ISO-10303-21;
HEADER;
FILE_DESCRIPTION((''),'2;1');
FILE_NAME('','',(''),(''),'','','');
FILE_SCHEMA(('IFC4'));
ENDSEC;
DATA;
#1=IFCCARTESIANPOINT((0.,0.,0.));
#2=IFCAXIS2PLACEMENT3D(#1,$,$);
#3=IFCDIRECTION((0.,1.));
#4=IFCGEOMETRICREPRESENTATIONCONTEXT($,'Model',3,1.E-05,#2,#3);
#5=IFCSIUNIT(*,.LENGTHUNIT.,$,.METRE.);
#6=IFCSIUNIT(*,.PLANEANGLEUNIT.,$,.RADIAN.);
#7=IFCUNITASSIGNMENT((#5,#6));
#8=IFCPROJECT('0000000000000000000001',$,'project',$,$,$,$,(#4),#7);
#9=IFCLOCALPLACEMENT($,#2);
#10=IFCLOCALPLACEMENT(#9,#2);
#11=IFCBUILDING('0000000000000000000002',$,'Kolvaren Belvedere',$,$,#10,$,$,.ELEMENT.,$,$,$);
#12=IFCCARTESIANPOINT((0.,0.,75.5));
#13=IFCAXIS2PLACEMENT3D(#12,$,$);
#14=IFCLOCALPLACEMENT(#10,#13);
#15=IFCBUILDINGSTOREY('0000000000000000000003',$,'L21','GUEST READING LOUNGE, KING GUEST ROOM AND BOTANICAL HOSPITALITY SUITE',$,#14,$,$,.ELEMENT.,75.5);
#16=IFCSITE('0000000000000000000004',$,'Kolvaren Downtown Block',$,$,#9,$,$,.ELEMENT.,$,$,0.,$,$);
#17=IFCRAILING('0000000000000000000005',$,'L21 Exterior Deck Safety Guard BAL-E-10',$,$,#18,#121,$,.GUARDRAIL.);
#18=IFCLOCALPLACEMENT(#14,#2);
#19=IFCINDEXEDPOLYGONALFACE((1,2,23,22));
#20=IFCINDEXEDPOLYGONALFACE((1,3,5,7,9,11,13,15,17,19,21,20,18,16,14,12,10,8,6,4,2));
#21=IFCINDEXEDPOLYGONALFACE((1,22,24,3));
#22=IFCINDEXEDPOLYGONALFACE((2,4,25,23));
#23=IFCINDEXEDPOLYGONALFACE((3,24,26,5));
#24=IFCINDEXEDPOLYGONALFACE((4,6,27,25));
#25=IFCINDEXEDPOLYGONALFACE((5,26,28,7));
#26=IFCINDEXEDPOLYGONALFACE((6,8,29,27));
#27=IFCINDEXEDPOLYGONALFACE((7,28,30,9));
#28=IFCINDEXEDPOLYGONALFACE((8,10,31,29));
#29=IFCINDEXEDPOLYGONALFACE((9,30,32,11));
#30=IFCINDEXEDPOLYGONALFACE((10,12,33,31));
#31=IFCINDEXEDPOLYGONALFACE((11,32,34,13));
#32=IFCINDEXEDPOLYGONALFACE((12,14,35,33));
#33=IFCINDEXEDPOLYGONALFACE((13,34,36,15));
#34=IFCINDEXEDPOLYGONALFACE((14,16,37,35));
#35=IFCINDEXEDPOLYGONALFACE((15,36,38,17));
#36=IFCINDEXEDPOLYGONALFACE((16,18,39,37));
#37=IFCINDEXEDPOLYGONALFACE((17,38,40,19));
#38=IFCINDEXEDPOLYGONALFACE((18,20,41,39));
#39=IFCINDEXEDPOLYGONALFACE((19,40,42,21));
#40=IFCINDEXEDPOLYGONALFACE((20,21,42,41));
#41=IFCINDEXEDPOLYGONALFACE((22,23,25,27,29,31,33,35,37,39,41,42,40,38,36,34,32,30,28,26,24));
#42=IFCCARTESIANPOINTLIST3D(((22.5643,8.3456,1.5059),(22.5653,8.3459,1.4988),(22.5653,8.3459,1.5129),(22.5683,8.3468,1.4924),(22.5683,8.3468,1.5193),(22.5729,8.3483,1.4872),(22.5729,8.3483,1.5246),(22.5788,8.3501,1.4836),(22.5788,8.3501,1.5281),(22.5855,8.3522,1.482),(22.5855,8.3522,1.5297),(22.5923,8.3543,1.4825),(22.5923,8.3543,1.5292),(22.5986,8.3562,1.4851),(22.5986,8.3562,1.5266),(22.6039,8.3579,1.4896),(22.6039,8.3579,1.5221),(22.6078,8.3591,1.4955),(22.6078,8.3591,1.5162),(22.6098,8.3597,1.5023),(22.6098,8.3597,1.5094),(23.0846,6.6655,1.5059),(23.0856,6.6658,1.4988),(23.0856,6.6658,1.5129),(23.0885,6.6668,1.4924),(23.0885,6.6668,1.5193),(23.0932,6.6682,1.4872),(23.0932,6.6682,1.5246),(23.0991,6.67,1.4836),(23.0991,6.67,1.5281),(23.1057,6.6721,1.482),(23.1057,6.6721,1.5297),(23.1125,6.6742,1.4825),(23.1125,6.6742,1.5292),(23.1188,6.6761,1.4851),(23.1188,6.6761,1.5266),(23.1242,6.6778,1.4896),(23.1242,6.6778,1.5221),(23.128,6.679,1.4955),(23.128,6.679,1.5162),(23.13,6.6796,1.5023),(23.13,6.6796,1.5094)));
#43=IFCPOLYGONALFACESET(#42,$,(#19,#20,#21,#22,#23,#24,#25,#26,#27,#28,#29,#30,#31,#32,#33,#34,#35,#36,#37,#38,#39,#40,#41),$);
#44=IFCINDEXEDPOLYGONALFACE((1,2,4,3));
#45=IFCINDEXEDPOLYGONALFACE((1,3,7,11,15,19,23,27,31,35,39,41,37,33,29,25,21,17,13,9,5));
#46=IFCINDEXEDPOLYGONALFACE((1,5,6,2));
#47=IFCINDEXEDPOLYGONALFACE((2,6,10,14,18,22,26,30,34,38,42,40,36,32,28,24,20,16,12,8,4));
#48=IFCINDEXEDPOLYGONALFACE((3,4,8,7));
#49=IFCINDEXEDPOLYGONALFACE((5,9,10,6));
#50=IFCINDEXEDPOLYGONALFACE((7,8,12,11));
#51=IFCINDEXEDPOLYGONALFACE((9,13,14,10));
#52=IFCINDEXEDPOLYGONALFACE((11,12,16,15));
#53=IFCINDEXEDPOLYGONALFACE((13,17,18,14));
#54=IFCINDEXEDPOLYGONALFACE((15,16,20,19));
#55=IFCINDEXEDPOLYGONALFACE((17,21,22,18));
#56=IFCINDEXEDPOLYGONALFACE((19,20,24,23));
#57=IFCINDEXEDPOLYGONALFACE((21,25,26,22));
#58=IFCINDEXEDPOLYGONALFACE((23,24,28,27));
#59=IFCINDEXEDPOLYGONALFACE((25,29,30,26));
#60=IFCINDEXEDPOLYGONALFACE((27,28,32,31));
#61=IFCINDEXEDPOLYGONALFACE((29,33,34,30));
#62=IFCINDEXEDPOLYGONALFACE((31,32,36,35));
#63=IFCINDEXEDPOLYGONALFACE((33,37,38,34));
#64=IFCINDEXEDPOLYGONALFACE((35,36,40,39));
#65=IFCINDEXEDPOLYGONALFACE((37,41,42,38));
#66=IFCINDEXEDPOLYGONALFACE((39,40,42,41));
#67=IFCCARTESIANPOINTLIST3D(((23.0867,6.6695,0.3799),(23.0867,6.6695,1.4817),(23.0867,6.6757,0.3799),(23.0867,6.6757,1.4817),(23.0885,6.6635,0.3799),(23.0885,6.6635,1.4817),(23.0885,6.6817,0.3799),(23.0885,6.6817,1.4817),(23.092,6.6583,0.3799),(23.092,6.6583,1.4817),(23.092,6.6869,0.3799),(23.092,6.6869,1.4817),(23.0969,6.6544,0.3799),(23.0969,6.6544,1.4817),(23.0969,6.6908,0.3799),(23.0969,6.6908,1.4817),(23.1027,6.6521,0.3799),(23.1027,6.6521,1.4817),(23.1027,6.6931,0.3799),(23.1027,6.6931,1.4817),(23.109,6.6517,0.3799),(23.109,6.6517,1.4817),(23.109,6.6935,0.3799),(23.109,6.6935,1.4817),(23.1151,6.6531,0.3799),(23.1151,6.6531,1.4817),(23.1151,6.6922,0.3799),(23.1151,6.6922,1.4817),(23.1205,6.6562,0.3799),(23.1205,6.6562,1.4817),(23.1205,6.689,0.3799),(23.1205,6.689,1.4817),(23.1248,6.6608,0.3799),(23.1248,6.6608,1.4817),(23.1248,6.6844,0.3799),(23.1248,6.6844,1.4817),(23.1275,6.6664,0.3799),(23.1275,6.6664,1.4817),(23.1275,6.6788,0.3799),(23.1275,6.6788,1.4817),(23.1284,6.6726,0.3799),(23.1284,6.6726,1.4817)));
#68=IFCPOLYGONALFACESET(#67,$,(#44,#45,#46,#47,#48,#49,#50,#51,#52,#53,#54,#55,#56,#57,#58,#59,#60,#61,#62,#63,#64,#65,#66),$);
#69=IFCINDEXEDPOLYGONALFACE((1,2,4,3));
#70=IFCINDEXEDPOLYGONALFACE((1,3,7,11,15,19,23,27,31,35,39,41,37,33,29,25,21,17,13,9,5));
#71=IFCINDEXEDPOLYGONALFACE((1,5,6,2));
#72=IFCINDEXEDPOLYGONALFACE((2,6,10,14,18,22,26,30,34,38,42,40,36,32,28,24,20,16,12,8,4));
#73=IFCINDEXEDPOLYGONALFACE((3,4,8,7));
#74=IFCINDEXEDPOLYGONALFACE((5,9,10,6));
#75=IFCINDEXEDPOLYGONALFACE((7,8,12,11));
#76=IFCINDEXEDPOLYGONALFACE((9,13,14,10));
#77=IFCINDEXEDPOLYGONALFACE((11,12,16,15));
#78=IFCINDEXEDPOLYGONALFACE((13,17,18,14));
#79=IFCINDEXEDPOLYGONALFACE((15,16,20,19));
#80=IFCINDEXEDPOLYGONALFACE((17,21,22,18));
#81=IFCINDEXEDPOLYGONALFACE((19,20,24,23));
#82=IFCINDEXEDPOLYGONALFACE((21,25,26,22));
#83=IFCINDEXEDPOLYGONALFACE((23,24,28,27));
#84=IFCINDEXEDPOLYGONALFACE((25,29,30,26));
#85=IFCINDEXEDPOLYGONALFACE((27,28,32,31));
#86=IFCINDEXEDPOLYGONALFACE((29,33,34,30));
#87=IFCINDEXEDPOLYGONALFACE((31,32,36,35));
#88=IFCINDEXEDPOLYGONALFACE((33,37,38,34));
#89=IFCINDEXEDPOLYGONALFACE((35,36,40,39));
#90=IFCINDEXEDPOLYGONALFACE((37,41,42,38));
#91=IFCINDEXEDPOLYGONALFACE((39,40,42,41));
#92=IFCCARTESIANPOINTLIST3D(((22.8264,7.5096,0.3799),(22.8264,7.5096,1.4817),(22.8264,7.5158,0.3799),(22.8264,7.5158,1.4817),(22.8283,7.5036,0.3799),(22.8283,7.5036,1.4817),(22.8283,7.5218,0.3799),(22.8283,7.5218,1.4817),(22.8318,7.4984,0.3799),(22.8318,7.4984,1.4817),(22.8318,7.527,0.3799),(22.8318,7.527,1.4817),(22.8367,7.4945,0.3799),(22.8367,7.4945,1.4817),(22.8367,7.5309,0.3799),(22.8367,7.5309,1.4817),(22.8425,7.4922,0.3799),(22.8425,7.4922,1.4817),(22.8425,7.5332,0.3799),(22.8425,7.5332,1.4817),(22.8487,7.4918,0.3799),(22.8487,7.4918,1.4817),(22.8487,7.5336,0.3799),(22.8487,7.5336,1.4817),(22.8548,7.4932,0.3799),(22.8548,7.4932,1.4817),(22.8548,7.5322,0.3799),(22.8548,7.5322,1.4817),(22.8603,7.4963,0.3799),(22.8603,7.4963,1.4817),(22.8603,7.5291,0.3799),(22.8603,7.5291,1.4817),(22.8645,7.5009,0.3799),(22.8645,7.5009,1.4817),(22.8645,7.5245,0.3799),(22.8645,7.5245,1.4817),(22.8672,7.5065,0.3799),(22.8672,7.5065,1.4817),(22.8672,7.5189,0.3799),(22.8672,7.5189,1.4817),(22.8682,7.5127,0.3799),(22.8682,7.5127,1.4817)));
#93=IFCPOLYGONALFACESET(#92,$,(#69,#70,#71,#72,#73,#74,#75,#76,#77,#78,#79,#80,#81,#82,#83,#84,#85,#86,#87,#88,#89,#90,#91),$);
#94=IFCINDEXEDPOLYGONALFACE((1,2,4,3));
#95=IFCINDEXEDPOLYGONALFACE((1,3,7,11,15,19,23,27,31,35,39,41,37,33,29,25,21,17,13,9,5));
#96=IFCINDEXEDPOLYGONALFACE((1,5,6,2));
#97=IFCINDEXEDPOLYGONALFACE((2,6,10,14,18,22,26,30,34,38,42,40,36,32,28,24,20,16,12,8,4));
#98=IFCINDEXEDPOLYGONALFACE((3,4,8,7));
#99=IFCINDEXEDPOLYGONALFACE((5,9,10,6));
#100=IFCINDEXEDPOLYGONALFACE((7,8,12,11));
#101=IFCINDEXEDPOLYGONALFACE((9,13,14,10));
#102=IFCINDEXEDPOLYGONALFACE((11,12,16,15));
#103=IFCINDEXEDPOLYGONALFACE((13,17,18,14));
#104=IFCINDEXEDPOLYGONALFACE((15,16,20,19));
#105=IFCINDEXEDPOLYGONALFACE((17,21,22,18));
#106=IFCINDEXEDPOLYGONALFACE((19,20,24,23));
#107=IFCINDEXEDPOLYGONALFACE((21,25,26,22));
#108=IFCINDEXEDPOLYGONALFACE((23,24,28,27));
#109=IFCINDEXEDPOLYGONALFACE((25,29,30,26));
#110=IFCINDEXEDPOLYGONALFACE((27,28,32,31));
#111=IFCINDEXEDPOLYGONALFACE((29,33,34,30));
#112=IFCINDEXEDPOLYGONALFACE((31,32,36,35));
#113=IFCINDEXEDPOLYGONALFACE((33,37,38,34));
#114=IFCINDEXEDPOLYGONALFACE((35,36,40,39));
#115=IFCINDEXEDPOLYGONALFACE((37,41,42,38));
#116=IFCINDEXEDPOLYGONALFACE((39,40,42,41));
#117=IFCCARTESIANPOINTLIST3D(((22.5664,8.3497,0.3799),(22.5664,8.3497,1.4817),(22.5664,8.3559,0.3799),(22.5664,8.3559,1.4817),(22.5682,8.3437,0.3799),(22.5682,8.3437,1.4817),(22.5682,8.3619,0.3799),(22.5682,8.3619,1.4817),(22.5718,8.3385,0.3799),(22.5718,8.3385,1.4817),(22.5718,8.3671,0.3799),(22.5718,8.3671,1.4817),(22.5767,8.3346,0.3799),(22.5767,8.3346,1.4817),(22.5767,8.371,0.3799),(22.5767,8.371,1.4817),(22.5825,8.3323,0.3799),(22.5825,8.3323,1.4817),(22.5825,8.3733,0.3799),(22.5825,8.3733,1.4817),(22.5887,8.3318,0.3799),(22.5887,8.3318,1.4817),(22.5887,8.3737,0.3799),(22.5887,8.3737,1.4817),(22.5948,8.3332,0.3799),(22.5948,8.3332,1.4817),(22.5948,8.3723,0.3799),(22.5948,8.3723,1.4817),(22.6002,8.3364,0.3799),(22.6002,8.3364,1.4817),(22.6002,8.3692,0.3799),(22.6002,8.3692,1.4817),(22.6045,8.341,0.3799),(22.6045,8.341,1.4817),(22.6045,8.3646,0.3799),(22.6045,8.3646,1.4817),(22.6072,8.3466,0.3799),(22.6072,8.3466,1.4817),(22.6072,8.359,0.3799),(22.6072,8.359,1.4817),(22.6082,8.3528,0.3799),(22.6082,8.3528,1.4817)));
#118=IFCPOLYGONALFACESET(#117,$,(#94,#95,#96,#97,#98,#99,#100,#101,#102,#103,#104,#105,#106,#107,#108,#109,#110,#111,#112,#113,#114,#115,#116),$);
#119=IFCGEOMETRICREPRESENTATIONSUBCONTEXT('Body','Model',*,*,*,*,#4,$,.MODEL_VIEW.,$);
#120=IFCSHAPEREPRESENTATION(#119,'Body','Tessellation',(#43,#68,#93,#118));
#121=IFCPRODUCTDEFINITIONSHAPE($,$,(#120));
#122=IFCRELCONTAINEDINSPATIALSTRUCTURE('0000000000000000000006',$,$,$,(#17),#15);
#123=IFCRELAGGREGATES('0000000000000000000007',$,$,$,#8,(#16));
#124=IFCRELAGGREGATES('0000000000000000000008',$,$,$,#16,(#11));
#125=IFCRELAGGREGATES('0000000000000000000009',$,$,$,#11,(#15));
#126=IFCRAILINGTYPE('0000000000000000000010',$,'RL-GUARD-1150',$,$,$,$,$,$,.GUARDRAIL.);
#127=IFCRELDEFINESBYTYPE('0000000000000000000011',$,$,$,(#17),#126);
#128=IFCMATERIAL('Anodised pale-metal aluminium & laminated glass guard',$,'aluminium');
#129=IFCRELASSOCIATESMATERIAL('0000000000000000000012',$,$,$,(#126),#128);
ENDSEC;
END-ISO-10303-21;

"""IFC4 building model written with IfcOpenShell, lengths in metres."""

from ifc_helpers import new_model, si_unit, direction, frame, origin, origin_2d, place, context, subcontext, project, spatial, circle, extrude, material, type_object, element, save


model = new_model("IFC4")

# Units and contexts
model_context = context("Model", 3, precision=1e-05, world=origin(), true_north=direction((0.0, 1.0)))
body_context = subcontext(model_context, "Body", "Model", "MODEL_VIEW")
ifc_project = project(units=[si_unit("LENGTHUNIT", "METRE"), si_unit("PLANEANGLEUNIT", "RADIAN")], contexts=[model_context])

# Site, building, storey
site_placement = place(None, origin())
site = spatial("IfcSite", under=ifc_project, at=site_placement, Name="Kolvaren Downtown Block", CompositionType="ELEMENT", RefElevation=0.0)
building_placement = place(site_placement, origin())
building = spatial("IfcBuilding", under=site, at=building_placement, Name="Kolvaren Belvedere", CompositionType="ELEMENT")
storey_placement = place(building_placement, frame((0.0, 0.0, 75.5)))
storey = spatial("IfcBuildingStorey", under=building, at=storey_placement, Name="L21", Description="GUEST READING LOUNGE, KING GUEST ROOM AND BOTANICAL HOSPITALITY SUITE", CompositionType="ELEMENT", Elevation=75.5)

# Railing
ifc_material_1 = material(Name="Anodised pale-metal aluminium & laminated glass guard", Category="aluminium")
railing_type = type_object("IfcRailingType", Name="RL-GUARD-1150", PredefinedType="GUARDRAIL", material=ifc_material_1)
railing_1_placement = place(storey_placement, frame((23.1074, 6.6726, 0.3799)))
element("IfcRailing", 1, at=railing_1_placement, inside=storey, type_object=railing_type, Name="L21 Exterior Deck Safety Guard BAL-E-10", PredefinedType="GUARDRAIL", context=body_context, shape_type="SweptSolid", body=[
    extrude(circle(Radius=0.0239, at=origin_2d()), frame((0.0, 0.0, 1.126), z_axis=(-0.295792, 0.955252, 0.0), x_axis=(-0.955252, -0.295792, 0.0)), (0.0, 0.0, 1.0), 1.7588),
    extrude(circle(Radius=0.021, at=origin_2d()), origin(), (0.0, 0.0, 1.0), 1.1018),
    extrude(circle(Radius=0.021, at=origin_2d()), frame((-0.2603, 0.8401, 0.0)), (0.0, 0.0, 1.0), 1.1018),
    extrude(circle(Radius=0.021, at=origin_2d()), frame((-0.5203, 1.6802, 0.0)), (0.0, 0.0, 1.0), 1.1018),
])

save(model, "model.ifc")
